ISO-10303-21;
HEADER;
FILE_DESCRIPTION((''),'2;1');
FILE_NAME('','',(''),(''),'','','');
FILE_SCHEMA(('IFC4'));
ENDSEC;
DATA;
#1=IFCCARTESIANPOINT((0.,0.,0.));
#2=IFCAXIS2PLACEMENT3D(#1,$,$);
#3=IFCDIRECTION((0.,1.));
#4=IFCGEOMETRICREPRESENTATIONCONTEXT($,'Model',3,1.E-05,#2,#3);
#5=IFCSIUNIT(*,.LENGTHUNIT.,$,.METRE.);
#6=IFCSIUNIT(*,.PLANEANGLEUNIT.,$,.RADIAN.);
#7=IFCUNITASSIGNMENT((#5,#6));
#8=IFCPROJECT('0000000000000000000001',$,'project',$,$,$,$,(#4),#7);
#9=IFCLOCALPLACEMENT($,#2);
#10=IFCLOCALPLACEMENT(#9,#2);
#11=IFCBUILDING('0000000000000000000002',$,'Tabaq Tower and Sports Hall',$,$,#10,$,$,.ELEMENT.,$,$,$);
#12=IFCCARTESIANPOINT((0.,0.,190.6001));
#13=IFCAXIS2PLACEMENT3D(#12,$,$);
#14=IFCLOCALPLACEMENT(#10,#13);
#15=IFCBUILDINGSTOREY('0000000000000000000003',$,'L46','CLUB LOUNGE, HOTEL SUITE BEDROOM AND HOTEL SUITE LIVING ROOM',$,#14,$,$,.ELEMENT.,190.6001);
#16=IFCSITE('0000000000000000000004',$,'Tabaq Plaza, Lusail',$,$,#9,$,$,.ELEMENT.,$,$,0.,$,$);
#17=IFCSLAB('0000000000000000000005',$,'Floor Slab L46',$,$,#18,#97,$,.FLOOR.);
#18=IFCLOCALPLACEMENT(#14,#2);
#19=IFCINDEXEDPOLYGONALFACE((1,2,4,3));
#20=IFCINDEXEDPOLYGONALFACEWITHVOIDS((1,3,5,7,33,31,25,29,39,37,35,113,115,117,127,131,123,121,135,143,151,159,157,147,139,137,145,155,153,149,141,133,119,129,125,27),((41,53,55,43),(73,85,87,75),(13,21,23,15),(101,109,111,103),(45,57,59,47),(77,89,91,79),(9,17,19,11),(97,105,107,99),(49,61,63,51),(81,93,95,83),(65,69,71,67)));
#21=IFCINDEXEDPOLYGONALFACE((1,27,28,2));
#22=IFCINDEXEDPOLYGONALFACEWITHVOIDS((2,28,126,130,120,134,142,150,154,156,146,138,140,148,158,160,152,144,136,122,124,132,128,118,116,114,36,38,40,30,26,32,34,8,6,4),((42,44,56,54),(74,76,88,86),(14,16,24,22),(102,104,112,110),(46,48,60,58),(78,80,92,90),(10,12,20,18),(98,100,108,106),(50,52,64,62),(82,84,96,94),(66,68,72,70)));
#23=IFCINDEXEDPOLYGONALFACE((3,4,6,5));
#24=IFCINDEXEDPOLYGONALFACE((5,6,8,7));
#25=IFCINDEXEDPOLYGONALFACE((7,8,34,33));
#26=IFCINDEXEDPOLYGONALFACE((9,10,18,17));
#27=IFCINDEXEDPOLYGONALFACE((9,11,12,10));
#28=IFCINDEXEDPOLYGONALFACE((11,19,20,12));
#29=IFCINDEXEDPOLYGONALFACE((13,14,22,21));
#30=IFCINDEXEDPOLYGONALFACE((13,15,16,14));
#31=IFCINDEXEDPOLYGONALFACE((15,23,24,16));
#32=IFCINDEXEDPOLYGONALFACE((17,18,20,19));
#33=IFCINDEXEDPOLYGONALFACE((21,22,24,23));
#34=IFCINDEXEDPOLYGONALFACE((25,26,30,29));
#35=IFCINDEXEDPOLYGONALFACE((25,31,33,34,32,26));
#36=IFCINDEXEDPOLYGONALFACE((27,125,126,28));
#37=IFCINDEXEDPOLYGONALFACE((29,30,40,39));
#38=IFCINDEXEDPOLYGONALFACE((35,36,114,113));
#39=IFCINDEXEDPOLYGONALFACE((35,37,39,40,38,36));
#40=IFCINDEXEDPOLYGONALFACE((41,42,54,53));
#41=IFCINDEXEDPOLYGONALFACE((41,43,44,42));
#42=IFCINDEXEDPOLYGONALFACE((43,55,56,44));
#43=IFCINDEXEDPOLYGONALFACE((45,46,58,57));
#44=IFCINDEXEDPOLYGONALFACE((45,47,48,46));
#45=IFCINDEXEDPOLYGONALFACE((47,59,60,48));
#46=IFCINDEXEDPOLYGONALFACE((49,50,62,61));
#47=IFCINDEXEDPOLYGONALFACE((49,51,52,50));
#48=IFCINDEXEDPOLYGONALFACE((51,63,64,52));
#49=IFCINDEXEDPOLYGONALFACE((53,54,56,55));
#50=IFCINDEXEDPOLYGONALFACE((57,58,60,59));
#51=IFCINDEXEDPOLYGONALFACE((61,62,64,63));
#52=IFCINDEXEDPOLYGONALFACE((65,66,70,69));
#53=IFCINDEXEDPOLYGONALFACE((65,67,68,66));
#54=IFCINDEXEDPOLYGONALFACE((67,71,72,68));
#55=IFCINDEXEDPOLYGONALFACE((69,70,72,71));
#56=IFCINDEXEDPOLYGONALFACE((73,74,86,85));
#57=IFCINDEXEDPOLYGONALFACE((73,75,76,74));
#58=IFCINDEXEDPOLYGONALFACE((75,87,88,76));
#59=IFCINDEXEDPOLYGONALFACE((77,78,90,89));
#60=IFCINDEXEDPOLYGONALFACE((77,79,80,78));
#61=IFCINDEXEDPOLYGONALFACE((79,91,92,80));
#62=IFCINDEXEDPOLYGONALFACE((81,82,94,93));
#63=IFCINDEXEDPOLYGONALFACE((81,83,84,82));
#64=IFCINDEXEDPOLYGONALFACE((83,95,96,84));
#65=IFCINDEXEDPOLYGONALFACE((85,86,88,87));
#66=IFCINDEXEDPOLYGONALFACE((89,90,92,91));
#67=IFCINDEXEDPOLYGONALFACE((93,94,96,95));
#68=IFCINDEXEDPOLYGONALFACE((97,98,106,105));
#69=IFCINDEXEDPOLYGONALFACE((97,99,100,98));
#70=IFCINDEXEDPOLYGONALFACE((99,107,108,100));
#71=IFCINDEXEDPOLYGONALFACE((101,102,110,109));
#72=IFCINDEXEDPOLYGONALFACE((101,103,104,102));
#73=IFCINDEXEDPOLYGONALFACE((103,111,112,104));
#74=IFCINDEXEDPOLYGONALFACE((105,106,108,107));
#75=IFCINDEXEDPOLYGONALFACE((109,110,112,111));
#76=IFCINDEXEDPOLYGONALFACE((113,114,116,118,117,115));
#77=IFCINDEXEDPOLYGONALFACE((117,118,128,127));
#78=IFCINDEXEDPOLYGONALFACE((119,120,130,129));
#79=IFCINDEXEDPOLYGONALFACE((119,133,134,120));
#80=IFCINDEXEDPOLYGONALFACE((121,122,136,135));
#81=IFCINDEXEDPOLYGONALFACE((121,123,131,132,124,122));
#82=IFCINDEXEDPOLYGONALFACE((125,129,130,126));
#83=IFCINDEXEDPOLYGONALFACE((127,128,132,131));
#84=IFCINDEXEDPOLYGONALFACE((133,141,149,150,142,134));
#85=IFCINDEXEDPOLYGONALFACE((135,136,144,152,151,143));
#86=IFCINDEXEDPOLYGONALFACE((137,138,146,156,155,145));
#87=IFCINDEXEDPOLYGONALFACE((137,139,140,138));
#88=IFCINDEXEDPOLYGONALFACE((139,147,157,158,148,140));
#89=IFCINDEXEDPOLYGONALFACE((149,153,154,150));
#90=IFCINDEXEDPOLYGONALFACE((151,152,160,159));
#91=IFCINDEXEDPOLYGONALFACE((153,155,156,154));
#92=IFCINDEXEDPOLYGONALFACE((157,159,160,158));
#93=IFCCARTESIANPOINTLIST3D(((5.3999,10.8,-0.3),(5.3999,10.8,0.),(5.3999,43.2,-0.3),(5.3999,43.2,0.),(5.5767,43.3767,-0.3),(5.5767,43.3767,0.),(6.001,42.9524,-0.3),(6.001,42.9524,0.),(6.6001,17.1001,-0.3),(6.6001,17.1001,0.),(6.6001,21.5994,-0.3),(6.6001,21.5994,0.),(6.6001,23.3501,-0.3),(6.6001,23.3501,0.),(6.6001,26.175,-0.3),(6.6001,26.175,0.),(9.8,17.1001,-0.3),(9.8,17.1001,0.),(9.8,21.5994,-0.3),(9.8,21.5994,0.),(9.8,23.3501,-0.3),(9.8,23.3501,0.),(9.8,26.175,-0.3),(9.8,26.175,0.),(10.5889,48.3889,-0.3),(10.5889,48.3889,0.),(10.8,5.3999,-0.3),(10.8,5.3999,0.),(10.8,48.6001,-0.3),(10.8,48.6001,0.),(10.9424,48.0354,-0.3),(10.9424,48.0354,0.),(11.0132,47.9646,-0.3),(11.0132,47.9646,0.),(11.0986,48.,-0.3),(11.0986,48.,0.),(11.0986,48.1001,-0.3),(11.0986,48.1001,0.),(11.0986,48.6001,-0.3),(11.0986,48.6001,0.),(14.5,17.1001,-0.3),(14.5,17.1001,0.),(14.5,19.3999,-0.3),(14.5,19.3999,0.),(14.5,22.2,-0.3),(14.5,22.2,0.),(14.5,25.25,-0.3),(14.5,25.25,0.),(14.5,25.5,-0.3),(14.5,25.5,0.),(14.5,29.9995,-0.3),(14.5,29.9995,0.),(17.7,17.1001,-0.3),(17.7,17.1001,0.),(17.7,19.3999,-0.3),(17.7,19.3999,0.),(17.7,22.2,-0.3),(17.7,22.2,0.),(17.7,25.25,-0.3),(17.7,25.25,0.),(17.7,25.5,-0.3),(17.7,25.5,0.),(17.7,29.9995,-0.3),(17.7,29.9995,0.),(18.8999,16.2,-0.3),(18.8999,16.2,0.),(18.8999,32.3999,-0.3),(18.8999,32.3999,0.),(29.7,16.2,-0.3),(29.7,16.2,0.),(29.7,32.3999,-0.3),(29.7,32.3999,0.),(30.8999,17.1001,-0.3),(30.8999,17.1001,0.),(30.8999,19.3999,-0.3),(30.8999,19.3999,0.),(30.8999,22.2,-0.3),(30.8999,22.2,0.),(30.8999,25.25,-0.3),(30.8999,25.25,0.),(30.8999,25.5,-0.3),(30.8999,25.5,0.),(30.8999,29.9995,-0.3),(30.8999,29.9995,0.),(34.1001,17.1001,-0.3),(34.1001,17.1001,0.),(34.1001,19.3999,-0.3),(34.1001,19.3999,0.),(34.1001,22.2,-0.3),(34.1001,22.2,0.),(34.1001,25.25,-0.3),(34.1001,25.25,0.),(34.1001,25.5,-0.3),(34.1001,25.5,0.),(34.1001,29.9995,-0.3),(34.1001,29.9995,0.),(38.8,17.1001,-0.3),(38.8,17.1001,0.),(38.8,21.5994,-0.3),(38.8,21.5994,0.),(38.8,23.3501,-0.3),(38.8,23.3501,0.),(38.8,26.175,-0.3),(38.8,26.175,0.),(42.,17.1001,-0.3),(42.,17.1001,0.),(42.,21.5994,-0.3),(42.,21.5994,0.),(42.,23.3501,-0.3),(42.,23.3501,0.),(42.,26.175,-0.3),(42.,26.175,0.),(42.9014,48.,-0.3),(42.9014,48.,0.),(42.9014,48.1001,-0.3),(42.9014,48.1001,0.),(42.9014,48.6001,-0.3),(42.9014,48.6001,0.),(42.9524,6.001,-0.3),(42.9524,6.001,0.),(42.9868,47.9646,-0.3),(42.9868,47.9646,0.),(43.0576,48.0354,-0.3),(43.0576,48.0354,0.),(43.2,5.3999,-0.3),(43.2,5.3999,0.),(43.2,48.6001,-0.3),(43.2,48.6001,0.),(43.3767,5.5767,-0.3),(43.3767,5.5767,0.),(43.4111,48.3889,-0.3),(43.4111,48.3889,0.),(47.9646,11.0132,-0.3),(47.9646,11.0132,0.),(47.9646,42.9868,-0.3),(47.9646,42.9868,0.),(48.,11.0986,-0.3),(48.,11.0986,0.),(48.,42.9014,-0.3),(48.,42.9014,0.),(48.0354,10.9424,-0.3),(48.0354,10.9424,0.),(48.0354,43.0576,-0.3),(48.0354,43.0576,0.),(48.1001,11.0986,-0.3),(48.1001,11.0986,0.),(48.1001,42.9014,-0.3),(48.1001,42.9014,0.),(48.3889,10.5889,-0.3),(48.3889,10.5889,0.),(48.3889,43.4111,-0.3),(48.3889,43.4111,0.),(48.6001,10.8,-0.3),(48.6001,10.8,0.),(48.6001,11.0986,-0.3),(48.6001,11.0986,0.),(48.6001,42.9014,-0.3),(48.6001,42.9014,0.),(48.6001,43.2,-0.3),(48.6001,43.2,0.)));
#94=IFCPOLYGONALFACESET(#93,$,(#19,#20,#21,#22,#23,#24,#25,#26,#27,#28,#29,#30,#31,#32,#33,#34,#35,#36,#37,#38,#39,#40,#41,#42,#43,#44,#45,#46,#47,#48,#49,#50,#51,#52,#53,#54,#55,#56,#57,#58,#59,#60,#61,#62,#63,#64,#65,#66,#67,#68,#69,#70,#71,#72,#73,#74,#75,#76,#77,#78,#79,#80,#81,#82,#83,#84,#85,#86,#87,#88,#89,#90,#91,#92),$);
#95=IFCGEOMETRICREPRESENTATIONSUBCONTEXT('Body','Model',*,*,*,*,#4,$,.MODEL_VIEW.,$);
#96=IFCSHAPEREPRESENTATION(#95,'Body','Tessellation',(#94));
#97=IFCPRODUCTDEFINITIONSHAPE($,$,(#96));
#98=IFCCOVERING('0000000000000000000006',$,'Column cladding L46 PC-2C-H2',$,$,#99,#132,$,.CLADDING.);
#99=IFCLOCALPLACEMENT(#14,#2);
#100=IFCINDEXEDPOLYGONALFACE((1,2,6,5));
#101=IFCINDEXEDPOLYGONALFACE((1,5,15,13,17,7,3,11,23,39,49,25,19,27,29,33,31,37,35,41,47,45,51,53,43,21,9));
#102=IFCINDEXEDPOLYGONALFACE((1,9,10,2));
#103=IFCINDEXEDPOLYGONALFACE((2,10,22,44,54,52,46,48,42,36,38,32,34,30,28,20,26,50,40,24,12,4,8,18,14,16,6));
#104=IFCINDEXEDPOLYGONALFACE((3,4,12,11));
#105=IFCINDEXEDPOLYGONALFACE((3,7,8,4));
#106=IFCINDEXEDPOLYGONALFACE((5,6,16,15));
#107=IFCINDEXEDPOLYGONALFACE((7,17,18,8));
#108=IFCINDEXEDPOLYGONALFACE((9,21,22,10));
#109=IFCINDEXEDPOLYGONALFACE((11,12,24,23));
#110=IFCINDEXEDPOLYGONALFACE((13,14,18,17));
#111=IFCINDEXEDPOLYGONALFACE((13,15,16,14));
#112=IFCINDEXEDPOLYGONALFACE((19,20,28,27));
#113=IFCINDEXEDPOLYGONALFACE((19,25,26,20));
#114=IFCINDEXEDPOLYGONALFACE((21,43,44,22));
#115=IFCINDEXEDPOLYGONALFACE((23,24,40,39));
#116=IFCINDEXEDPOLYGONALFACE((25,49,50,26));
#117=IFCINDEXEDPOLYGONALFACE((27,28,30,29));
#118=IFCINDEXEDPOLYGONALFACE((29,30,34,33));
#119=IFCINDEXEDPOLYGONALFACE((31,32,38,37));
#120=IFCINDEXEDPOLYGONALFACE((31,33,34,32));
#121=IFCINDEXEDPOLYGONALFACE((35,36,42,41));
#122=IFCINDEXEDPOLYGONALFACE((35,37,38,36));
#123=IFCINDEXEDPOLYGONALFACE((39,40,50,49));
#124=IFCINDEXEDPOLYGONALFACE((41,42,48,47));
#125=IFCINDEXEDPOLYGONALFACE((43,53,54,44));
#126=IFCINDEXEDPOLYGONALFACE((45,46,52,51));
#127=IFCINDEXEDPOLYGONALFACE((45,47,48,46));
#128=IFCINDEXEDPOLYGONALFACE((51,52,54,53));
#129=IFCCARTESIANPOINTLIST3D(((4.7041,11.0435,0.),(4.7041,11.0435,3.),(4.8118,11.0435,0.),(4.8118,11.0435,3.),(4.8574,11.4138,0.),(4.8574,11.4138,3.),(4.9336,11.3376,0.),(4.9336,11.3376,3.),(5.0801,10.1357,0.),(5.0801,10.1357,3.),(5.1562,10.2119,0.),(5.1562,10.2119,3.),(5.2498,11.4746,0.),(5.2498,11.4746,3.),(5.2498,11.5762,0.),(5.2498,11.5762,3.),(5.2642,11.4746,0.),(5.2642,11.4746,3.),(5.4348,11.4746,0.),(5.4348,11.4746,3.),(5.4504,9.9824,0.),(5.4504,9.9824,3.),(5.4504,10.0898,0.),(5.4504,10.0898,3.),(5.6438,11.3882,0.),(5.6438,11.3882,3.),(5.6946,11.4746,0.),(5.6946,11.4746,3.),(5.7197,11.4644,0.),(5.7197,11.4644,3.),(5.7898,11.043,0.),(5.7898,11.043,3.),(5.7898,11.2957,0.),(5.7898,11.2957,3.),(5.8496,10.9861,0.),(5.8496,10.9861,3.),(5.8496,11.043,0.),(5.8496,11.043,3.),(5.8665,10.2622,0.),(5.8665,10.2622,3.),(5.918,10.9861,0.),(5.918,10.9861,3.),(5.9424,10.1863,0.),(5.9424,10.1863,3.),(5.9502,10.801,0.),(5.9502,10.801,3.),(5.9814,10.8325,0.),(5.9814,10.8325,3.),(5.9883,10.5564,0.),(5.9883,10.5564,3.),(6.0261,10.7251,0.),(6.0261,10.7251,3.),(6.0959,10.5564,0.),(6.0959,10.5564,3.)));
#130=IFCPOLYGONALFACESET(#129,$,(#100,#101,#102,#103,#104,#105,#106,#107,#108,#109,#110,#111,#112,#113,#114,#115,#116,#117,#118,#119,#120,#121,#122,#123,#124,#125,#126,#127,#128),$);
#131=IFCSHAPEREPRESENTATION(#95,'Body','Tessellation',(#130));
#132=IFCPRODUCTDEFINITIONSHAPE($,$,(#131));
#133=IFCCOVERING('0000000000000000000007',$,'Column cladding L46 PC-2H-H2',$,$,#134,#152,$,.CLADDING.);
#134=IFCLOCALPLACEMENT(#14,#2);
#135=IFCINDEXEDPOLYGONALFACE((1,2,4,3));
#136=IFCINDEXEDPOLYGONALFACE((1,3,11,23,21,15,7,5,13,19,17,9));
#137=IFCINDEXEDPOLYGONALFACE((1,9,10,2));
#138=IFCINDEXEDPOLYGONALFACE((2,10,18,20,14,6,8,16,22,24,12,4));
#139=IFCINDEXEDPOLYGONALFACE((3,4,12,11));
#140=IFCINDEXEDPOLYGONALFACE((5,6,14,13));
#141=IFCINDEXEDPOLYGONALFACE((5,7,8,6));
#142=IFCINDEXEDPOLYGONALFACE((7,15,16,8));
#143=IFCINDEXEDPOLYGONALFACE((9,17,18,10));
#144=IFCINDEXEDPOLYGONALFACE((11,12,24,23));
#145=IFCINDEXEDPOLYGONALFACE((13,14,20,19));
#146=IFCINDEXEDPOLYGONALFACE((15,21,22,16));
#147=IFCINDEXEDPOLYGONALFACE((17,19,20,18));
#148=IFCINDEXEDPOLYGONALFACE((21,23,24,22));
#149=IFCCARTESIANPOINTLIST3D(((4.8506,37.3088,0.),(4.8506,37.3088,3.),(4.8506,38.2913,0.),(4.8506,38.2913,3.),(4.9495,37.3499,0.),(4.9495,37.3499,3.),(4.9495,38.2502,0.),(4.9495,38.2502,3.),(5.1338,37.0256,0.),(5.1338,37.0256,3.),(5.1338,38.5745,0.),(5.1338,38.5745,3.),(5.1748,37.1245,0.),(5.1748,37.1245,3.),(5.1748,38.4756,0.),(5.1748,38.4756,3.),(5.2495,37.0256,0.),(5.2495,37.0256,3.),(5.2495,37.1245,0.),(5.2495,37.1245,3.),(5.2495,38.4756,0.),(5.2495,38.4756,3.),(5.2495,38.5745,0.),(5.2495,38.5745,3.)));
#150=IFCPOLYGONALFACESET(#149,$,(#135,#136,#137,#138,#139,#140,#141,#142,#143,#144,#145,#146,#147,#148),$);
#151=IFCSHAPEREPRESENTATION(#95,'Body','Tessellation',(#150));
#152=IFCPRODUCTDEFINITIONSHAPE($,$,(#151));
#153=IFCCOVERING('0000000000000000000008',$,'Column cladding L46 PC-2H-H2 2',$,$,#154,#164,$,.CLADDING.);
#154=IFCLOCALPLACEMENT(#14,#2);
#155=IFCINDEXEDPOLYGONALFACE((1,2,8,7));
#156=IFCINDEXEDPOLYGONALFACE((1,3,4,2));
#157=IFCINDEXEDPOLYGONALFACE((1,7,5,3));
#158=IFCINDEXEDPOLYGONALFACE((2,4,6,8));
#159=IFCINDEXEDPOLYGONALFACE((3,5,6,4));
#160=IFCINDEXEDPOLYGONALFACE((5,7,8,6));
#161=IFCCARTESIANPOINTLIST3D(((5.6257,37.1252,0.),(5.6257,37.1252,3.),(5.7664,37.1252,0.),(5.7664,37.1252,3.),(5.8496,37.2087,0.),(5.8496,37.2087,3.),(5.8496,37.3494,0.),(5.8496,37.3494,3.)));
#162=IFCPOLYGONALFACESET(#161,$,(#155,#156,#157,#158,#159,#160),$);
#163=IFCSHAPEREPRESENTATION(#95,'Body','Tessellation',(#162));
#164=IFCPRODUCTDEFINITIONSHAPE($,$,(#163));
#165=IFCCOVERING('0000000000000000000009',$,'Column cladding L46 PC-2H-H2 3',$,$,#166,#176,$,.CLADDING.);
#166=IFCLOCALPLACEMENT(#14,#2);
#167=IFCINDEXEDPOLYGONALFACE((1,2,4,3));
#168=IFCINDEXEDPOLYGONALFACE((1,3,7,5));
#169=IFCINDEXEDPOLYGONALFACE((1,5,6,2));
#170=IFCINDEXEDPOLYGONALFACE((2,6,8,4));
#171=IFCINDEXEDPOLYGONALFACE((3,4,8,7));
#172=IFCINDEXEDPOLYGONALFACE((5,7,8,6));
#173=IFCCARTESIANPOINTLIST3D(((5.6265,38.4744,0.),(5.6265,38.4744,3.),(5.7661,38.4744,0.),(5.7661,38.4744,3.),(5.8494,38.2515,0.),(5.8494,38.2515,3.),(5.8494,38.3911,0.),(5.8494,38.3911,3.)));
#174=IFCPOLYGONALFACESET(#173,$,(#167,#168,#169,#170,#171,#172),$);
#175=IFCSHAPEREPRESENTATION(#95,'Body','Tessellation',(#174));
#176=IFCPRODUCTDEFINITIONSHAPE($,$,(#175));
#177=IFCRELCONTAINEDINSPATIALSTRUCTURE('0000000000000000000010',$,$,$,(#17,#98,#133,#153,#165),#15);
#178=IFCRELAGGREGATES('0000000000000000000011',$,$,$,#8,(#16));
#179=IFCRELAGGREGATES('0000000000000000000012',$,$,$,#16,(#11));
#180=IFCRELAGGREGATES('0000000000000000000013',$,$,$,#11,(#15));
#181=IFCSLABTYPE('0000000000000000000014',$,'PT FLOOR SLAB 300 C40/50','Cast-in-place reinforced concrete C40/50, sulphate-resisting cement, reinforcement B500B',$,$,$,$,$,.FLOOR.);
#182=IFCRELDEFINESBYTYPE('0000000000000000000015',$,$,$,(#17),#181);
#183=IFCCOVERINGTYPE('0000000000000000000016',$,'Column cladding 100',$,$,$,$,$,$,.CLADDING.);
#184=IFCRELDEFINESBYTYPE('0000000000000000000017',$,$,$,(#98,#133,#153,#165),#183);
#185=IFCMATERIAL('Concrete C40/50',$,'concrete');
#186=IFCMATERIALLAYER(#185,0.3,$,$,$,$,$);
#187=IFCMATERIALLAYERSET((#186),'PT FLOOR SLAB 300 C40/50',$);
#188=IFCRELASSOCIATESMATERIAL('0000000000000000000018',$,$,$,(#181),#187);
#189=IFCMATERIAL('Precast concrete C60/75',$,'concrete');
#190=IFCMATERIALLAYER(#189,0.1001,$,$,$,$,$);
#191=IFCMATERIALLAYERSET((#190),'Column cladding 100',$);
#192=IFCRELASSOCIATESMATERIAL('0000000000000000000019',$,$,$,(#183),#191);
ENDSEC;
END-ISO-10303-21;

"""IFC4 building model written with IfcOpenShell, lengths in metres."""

from ifc_helpers import new_model, si_unit, direction, frame, origin, place, context, subcontext, project, spatial, polyline, outline, extrude, material, layer, layer_set, type_object, element, save


model = new_model("IFC4")

# Units and contexts
model_context = context("Model", 3, precision=1e-05, world=origin(), true_north=direction((0.0, 1.0)))
body_context = subcontext(model_context, "Body", "Model", "MODEL_VIEW")
ifc_project = project(units=[si_unit("LENGTHUNIT", "METRE"), si_unit("PLANEANGLEUNIT", "RADIAN")], contexts=[model_context])

# Site, building, storey
site_placement = place(None, origin())
site = spatial("IfcSite", under=ifc_project, at=site_placement, Name="Tabaq Plaza, Lusail", CompositionType="ELEMENT", RefElevation=0.0)
building_placement = place(site_placement, origin())
building = spatial("IfcBuilding", under=site, at=building_placement, Name="Tabaq Tower and Sports Hall", CompositionType="ELEMENT")
storey_placement = place(building_placement, frame((0.0, 0.0, 190.6001)))
storey = spatial("IfcBuildingStorey", under=building, at=storey_placement, Name="L46", Description="CLUB LOUNGE, HOTEL SUITE BEDROOM AND HOTEL SUITE LIVING ROOM", CompositionType="ELEMENT", Elevation=190.6001)

# Slab
ifc_material_1 = material(Name="Concrete C40/50", Category="concrete")
ifc_layer_1 = layer(ifc_material_1, 0.3)
ifc_layer_set_1 = layer_set([ifc_layer_1], Name="PT FLOOR SLAB 300 C40/50")
slab_type = type_object("IfcSlabType", Name="PT FLOOR SLAB 300 C40/50", Description="Cast-in-place reinforced concrete C40/50, sulphate-resisting cement, reinforcement B500B", PredefinedType="FLOOR", material=ifc_layer_set_1)
slab_placement = place(storey_placement, frame((0.0, 0.0, -0.3)))
element("IfcSlab", 1, at=slab_placement, inside=storey, type_object=slab_type, Name="Floor Slab L46", PredefinedType="FLOOR", context=body_context, shape_type="SweptSolid", body=[
    extrude(outline(polyline([(5.3999, 43.2), (5.3999, 10.8), (10.8, 5.3999), (43.2, 5.3999), (43.3767, 5.5767), (42.9524, 6.001), (47.9646, 11.0132), (48.0354, 10.9424), (48.3889, 10.5889), (48.6001, 10.8), (48.6001, 11.0986), (48.1001, 11.0986), (48.0, 11.0986), (48.0, 42.9014), (48.1001, 42.9014), (48.6001, 42.9014), (48.6001, 43.2), (48.3889, 43.4111), (48.0354, 43.0576), (47.9646, 42.9868), (42.9868, 47.9646), (43.0576, 48.0354), (43.4111, 48.3889), (43.2, 48.6001), (42.9014, 48.6001), (42.9014, 48.1001), (42.9014, 48.0), (11.0986, 48.0), (11.0986, 48.1001), (11.0986, 48.6001), (10.8, 48.6001), (10.5889, 48.3889), (10.9424, 48.0354), (11.0132, 47.9646), (6.001, 42.9524), (5.5767, 43.3767), (5.3999, 43.2)]), holes=[polyline([(14.5, 19.3999), (17.7, 19.3999), (17.7, 17.1001), (14.5, 17.1001), (14.5, 19.3999)]), polyline([(6.6001, 21.5994), (9.8, 21.5994), (9.8, 17.1001), (6.6001, 17.1001), (6.6001, 21.5994)]), polyline([(14.5, 25.25), (17.7, 25.25), (17.7, 22.2), (14.5, 22.2), (14.5, 25.25)]), polyline([(18.8999, 32.3999), (29.7, 32.3999), (29.7, 16.2), (18.8999, 16.2), (18.8999, 32.3999)]), polyline([(9.8, 26.175), (9.8, 23.3501), (6.6001, 23.3501), (6.6001, 26.175), (9.8, 26.175)]), polyline([(14.5, 29.9995), (17.7, 29.9995), (17.7, 25.5), (14.5, 25.5), (14.5, 29.9995)]), polyline([(34.1001, 19.3999), (34.1001, 17.1001), (30.8999, 17.1001), (30.8999, 19.3999), (34.1001, 19.3999)]), polyline([(42.0, 21.5994), (42.0, 17.1001), (38.8, 17.1001), (38.8, 21.5994), (42.0, 21.5994)]), polyline([(30.8999, 25.25), (34.1001, 25.25), (34.1001, 22.2), (30.8999, 22.2), (30.8999, 25.25)]), polyline([(42.0, 26.175), (42.0, 23.3501), (38.8, 23.3501), (38.8, 26.175), (42.0, 26.175)]), polyline([(34.1001, 29.9995), (34.1001, 25.5), (30.8999, 25.5), (30.8999, 29.9995), (34.1001, 29.9995)])]), origin(), (0.0, 0.0, 1.0), 0.3),
])

# Coverings
ifc_material_2 = material(Name="Precast concrete C60/75", Category="concrete")
ifc_layer_2 = layer(ifc_material_2, 0.1001)
ifc_layer_set_2 = layer_set([ifc_layer_2], Name="Column cladding 100")
covering_type = type_object("IfcCoveringType", Name="Column cladding 100", PredefinedType="CLADDING", material=ifc_layer_set_2)
covering_1_placement = place(storey_placement, origin())
element("IfcCovering", 2, at=covering_1_placement, inside=storey, type_object=covering_type, Name="Column cladding L46 PC-2C-H2", PredefinedType="CLADDING", context=body_context, shape_type="SweptSolid", body=[
    extrude(outline(polyline([(5.4504, 9.9824), (5.0801, 10.1357), (4.7041, 11.0435), (4.8574, 11.4138), (5.2498, 11.5762), (5.2498, 11.4746), (5.2642, 11.4746), (4.9336, 11.3376), (4.8118, 11.0435), (5.1562, 10.2119), (5.4504, 10.0898), (5.8665, 10.2622), (5.9883, 10.5564), (5.6438, 11.3882), (5.4348, 11.4746), (5.6946, 11.4746), (5.7197, 11.4644), (5.7898, 11.2957), (5.7898, 11.043), (5.8496, 11.043), (5.8496, 10.9861), (5.918, 10.9861), (5.9814, 10.8325), (5.9502, 10.801), (6.0261, 10.7251), (6.0959, 10.5564), (5.9424, 10.1863), (5.4504, 9.9824)])), origin(), (0.0, 0.0, 1.0), 3.0),
])
covering_2_placement = place(storey_placement, origin())
element("IfcCovering", 3, at=covering_2_placement, inside=storey, type_object=covering_type, Name="Column cladding L46 PC-2H-H2", PredefinedType="CLADDING", context=body_context, shape_type="SweptSolid", body=[
    extrude(outline(polyline([(5.1338, 37.0256), (4.8506, 37.3088), (4.8506, 38.2913), (5.1338, 38.5745), (5.2495, 38.5745), (5.2495, 38.4756), (5.1748, 38.4756), (4.9495, 38.2502), (4.9495, 37.3499), (5.1748, 37.1245), (5.2495, 37.1245), (5.2495, 37.0256), (5.1338, 37.0256)])), origin(), (0.0, 0.0, 1.0), 3.0),
])
covering_3_placement = place(storey_placement, origin())
element("IfcCovering", 4, at=covering_3_placement, inside=storey, type_object=covering_type, Name="Column cladding L46 PC-2H-H2 2", PredefinedType="CLADDING", context=body_context, shape_type="SweptSolid", body=[
    extrude(outline(polyline([(5.7664, 37.1252), (5.6257, 37.1252), (5.8496, 37.3494), (5.8496, 37.2087), (5.7664, 37.1252)])), origin(), (0.0, 0.0, 1.0), 3.0),
])
covering_4_placement = place(storey_placement, origin())
element("IfcCovering", 5, at=covering_4_placement, inside=storey, type_object=covering_type, Name="Column cladding L46 PC-2H-H2 3", PredefinedType="CLADDING", context=body_context, shape_type="SweptSolid", body=[
    extrude(outline(polyline([(5.6265, 38.4744), (5.7661, 38.4744), (5.8494, 38.3911), (5.8494, 38.2515), (5.6265, 38.4744)])), origin(), (0.0, 0.0, 1.0), 3.0),
])

save(model, "model.ifc")
